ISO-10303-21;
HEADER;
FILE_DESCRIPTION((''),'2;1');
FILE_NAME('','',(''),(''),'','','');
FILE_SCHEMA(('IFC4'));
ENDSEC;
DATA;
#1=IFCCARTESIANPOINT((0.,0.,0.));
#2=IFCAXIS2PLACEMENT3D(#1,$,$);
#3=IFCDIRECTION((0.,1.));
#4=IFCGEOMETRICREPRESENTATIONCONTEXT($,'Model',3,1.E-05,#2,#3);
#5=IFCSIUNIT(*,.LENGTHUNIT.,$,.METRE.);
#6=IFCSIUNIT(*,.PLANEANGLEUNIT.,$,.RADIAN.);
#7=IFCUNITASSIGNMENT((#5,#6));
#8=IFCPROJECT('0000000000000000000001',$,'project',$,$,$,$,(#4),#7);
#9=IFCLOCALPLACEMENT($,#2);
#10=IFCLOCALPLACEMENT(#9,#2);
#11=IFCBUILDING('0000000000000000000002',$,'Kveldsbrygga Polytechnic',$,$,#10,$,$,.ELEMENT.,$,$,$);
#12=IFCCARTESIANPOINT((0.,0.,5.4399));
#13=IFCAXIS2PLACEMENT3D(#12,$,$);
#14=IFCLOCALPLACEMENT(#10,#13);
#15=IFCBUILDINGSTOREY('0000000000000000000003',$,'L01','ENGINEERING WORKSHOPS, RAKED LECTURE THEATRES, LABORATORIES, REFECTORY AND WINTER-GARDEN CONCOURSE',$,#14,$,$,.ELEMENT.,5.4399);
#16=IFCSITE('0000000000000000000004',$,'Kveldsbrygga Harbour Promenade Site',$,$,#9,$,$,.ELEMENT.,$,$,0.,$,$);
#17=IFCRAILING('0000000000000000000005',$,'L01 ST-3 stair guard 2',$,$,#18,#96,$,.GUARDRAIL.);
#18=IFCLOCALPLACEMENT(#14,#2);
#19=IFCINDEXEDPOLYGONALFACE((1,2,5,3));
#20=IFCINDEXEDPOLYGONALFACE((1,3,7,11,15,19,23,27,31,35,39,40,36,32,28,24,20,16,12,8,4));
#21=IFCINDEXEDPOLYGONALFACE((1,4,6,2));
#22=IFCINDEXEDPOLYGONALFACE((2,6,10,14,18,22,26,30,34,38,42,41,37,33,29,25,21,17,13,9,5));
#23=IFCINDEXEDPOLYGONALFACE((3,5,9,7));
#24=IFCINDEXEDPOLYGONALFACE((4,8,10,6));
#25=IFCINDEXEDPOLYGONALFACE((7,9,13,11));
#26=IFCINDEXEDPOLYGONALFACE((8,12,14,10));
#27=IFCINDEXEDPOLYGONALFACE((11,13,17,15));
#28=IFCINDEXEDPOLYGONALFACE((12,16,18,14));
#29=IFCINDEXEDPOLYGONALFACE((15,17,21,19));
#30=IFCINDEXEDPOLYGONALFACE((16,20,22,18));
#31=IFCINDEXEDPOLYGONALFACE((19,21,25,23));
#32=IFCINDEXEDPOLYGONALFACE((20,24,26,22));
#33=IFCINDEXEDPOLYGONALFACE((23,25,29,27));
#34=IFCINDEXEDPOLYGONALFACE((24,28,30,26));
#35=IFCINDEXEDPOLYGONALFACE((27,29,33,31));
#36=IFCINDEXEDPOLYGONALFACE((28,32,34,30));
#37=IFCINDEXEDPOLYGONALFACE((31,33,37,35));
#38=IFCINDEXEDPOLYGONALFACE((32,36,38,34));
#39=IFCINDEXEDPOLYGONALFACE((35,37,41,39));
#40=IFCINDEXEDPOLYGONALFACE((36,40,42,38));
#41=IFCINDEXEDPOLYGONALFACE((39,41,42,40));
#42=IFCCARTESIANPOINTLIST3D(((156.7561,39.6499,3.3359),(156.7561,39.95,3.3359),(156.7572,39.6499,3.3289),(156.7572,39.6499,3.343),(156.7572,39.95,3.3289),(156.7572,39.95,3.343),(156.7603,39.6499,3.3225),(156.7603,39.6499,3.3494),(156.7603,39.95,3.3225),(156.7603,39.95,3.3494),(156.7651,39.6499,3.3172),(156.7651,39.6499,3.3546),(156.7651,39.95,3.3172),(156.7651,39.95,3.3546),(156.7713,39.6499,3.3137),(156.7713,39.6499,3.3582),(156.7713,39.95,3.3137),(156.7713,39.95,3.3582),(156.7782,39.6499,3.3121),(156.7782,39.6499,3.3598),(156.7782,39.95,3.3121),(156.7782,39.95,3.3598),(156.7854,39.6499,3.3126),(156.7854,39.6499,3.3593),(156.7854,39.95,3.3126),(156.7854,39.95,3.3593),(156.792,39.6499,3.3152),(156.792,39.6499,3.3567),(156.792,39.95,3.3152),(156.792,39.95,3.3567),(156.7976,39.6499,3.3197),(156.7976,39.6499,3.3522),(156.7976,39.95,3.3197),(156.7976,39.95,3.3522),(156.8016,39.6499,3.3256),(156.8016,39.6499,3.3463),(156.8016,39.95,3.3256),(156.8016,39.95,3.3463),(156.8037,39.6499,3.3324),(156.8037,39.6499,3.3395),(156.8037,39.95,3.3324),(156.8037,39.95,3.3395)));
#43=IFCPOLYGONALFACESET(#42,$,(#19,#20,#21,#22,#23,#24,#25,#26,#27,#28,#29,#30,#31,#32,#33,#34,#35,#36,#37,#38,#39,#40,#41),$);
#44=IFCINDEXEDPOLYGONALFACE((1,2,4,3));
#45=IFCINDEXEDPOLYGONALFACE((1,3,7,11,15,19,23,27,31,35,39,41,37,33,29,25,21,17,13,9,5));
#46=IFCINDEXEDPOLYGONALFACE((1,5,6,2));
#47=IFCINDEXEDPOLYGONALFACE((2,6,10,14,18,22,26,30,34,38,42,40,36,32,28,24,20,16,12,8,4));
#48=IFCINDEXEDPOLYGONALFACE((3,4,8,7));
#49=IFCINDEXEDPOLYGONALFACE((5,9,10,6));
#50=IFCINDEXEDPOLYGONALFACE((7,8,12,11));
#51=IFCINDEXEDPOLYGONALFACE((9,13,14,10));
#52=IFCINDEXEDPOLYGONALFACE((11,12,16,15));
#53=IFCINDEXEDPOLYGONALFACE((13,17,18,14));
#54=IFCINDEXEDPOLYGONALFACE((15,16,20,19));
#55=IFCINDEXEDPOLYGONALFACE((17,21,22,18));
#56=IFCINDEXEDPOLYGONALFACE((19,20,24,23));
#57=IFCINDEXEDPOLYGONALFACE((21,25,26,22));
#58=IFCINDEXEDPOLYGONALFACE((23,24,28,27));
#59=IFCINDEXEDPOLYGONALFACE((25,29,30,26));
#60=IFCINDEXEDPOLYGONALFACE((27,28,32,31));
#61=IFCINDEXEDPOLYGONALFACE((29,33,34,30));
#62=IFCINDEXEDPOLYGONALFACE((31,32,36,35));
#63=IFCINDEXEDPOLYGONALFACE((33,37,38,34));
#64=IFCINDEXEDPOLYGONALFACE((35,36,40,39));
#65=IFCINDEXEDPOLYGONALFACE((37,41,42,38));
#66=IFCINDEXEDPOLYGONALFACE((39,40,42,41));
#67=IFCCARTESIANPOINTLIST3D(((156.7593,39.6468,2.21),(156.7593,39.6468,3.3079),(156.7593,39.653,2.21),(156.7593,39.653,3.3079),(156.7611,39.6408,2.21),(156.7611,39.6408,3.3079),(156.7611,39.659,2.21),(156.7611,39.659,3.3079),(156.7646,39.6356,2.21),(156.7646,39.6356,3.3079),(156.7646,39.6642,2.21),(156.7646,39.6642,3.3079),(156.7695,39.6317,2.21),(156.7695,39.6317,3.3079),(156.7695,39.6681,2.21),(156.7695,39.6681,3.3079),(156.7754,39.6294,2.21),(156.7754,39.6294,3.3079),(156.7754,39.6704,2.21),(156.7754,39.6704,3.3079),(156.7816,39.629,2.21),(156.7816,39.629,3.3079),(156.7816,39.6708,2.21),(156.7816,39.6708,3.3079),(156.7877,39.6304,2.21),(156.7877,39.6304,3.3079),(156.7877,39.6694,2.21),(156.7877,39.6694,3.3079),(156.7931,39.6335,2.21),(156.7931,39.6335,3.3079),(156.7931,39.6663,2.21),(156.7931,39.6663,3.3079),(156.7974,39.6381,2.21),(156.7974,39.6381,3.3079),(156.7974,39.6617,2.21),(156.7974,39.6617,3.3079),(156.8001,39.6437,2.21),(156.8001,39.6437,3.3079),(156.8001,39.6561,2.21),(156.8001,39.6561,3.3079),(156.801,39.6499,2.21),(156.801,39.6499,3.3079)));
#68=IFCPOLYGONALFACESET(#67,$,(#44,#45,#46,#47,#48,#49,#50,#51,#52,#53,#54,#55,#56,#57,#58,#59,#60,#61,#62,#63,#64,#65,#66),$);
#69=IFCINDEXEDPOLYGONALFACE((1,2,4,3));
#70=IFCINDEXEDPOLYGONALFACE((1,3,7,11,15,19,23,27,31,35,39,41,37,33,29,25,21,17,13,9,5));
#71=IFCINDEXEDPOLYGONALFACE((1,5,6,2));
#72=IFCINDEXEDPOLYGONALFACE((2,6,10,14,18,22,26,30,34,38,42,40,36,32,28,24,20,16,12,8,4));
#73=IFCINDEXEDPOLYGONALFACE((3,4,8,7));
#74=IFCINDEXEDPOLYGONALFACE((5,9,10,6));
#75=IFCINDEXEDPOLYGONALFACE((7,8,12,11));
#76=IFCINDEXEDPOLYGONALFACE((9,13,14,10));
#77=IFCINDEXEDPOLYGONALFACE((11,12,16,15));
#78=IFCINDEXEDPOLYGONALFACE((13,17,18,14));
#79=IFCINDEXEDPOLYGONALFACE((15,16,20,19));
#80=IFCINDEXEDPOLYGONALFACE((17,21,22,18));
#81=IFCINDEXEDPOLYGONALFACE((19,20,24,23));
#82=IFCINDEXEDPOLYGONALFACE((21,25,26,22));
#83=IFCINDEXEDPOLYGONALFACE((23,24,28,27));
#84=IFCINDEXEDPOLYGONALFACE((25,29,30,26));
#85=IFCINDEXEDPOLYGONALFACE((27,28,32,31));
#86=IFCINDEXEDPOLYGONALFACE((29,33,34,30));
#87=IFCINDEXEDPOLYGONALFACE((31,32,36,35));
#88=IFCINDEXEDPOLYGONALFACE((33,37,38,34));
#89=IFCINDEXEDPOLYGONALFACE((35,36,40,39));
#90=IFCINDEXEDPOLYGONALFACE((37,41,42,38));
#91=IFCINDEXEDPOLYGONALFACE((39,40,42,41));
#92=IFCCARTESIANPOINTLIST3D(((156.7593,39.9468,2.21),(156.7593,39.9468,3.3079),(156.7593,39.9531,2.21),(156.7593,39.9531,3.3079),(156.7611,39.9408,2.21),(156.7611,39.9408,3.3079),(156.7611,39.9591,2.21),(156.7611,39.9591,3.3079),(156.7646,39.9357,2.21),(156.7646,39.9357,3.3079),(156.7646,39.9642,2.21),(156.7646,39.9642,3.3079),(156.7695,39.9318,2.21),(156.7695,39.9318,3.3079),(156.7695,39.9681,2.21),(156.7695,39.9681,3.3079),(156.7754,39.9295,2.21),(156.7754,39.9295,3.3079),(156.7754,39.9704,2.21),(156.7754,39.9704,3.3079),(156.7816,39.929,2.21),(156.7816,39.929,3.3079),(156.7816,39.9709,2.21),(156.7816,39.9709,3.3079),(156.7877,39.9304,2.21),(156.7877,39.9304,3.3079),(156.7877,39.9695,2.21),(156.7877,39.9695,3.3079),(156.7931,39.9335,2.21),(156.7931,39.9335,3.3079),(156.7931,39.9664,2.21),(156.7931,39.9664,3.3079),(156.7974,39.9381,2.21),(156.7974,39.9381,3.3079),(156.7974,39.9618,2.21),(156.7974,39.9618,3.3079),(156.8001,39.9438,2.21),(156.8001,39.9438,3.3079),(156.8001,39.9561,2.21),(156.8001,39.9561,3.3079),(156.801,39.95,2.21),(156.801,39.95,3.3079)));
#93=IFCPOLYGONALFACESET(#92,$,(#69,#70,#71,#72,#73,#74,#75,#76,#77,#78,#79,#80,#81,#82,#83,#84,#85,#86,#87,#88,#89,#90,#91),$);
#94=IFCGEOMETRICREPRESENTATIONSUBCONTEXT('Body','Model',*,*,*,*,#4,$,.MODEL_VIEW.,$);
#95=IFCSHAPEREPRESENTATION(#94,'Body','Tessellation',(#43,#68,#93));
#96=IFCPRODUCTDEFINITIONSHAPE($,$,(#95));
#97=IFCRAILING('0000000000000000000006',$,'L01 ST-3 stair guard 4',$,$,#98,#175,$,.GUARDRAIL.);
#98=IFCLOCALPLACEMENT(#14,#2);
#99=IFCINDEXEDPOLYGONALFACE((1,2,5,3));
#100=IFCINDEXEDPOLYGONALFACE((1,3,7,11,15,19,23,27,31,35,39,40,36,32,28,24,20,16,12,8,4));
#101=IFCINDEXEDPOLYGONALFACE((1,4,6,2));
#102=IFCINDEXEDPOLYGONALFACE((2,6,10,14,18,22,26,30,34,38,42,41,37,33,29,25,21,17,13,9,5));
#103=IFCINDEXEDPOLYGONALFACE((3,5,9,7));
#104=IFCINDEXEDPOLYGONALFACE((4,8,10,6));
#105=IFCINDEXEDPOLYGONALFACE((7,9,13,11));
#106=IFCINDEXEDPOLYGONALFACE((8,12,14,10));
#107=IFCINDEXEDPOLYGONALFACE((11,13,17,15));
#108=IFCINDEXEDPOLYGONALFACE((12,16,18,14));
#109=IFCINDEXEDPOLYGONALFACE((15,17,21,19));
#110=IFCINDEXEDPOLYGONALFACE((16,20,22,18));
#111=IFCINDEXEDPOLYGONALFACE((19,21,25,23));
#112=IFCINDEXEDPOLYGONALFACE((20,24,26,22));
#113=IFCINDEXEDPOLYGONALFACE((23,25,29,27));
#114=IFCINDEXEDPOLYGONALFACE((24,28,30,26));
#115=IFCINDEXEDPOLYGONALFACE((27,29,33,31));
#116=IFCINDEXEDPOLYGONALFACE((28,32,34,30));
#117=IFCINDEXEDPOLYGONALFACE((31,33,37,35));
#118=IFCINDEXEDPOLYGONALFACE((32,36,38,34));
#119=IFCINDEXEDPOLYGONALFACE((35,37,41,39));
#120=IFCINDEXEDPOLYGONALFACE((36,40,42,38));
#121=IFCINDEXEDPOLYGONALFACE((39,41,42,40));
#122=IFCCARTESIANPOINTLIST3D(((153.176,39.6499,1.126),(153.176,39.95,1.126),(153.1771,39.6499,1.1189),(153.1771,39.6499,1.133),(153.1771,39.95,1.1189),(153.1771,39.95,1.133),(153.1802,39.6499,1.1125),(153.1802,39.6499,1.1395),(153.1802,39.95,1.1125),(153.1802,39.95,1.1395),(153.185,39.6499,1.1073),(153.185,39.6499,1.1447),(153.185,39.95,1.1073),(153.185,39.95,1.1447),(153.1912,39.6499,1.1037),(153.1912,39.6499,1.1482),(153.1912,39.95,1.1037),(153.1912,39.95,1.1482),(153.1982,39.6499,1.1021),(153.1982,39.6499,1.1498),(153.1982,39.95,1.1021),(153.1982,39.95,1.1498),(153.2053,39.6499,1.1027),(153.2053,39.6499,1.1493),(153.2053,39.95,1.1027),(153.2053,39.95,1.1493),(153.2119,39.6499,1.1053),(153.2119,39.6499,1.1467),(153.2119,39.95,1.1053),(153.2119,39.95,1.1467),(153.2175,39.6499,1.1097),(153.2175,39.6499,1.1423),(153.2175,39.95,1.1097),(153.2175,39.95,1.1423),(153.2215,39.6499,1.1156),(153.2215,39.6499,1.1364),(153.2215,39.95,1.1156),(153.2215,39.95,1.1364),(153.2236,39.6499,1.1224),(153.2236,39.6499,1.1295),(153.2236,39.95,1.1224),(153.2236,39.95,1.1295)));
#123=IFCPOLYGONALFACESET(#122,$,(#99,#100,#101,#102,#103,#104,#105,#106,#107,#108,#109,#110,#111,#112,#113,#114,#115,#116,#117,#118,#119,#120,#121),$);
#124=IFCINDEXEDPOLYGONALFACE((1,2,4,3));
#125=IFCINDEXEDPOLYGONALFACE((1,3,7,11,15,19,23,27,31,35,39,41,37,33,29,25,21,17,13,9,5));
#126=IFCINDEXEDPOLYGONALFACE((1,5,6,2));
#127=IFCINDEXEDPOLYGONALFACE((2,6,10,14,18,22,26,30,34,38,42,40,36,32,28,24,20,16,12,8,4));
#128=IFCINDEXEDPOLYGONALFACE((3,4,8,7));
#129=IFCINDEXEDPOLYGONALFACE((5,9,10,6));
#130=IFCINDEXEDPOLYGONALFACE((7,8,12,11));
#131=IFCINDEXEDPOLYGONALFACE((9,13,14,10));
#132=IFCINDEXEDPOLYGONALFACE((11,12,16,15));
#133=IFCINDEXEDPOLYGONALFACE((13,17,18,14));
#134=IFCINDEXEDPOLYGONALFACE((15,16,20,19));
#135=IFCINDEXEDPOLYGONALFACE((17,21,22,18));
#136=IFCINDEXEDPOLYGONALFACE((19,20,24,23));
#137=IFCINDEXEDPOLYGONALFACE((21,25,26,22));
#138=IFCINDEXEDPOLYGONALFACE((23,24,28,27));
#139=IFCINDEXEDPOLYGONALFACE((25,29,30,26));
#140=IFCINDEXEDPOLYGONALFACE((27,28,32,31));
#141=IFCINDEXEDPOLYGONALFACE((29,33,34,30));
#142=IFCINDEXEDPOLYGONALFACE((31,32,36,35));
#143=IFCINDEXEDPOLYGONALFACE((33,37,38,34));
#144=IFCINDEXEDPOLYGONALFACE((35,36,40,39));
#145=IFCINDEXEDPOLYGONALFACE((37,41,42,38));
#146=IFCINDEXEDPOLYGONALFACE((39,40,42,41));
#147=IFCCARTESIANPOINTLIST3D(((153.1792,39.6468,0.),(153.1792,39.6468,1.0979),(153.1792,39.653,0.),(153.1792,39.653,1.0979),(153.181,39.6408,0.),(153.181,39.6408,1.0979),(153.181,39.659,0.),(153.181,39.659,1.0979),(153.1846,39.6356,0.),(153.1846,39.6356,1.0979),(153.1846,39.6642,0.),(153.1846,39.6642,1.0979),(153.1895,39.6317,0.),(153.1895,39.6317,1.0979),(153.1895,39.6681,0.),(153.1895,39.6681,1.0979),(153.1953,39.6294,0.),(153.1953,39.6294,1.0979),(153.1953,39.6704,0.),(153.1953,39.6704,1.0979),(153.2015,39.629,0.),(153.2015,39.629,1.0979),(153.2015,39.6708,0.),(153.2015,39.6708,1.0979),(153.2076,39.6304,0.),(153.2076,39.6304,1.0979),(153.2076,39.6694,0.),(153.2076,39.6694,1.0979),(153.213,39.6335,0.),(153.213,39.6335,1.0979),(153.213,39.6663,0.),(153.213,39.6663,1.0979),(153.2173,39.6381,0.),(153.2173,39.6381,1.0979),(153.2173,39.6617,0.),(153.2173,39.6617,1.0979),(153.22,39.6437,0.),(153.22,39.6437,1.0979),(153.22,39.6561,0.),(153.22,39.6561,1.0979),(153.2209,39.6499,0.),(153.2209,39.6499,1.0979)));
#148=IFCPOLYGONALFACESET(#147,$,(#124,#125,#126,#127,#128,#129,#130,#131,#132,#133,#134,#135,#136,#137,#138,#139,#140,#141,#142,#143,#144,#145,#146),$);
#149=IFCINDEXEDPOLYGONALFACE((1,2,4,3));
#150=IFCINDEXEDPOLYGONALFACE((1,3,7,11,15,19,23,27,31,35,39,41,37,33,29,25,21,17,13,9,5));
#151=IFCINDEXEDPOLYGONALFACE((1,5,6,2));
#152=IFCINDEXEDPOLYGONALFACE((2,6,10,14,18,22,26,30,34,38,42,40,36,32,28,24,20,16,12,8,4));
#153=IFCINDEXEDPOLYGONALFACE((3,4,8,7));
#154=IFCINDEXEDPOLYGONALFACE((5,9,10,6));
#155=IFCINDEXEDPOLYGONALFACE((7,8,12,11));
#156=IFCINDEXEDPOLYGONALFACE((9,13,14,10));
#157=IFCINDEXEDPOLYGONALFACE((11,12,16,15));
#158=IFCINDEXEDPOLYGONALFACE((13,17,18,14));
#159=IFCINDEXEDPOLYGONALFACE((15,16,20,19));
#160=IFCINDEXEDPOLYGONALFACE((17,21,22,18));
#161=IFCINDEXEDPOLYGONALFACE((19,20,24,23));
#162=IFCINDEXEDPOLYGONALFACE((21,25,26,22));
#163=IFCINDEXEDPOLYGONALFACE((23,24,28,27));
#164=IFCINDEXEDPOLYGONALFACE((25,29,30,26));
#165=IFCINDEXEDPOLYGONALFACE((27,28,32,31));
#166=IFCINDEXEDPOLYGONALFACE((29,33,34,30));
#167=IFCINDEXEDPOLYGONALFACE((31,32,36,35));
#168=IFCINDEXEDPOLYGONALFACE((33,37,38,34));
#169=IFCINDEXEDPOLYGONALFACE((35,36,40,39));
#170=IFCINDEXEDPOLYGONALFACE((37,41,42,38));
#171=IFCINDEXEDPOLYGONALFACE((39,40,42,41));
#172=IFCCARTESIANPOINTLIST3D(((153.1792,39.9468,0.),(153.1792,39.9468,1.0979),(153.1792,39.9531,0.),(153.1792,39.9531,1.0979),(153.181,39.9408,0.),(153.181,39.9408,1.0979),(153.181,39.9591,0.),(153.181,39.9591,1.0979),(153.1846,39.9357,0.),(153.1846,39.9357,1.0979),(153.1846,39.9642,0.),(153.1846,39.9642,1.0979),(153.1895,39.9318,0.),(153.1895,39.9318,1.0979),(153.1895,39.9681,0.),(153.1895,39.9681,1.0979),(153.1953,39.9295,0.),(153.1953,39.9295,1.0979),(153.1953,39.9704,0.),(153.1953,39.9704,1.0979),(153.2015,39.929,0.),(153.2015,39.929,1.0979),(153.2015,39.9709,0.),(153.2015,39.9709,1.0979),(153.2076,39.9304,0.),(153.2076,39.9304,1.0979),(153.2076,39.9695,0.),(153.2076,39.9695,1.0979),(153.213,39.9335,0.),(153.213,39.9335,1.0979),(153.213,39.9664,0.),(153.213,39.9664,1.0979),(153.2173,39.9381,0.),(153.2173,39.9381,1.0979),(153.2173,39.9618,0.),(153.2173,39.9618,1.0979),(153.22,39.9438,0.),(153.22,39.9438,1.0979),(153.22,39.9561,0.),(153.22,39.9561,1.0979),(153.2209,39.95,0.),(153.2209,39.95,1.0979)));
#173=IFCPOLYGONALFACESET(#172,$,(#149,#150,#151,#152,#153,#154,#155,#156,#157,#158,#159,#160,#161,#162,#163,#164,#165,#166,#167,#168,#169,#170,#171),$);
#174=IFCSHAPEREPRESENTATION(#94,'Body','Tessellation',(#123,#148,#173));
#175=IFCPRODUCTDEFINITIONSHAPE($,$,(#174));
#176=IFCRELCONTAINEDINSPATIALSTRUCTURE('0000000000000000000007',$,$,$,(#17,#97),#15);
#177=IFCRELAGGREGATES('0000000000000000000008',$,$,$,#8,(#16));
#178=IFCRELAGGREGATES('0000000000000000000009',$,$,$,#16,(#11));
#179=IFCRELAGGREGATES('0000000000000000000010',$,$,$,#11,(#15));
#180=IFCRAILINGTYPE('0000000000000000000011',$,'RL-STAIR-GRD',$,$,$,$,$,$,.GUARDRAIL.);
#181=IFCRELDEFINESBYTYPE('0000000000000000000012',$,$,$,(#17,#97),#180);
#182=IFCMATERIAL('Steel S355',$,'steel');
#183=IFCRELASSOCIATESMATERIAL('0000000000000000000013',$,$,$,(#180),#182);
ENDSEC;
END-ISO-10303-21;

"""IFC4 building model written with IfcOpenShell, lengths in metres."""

from ifc_helpers import new_model, si_unit, direction, frame, origin, origin_2d, place, context, subcontext, project, spatial, circle, extrude, material, type_object, element, save


model = new_model("IFC4")

# Units and contexts
model_context = context("Model", 3, precision=1e-05, world=origin(), true_north=direction((0.0, 1.0)))
body_context = subcontext(model_context, "Body", "Model", "MODEL_VIEW")
ifc_project = project(units=[si_unit("LENGTHUNIT", "METRE"), si_unit("PLANEANGLEUNIT", "RADIAN")], contexts=[model_context])

# Site, building, storey
site_placement = place(None, origin())
site = spatial("IfcSite", under=ifc_project, at=site_placement, Name="Kveldsbrygga Harbour Promenade Site", CompositionType="ELEMENT", RefElevation=0.0)
building_placement = place(site_placement, origin())
building = spatial("IfcBuilding", under=site, at=building_placement, Name="Kveldsbrygga Polytechnic", CompositionType="ELEMENT")
storey_placement = place(building_placement, frame((0.0, 0.0, 5.4399)))
storey = spatial("IfcBuildingStorey", under=building, at=storey_placement, Name="L01", Description="ENGINEERING WORKSHOPS, RAKED LECTURE THEATRES, LABORATORIES, REFECTORY AND WINTER-GARDEN CONCOURSE", CompositionType="ELEMENT", Elevation=5.4399)

# Railings
ifc_material_1 = material(Name="Steel S355", Category="steel")
railing_type_1 = type_object("IfcRailingType", Name="RL-STAIR-GRD", PredefinedType="GUARDRAIL", material=ifc_material_1)
for number, where, name in (
    (1, (156.78, 39.6499, 2.21), "L01 ST-3 stair guard 2"),
    (2, (153.2, 39.6499, 0.0), "L01 ST-3 stair guard 4"),
):
    element("IfcRailing", number, at=place(storey_placement, frame(where)), inside=storey, type_object=railing_type_1, Name=name, PredefinedType="GUARDRAIL", context=body_context, shape_type="SweptSolid", body=[
        extrude(circle(Radius=0.0239, at=origin_2d()), frame((0.0, 0.0, 1.126), z_axis=(0.0, 1.0, 0.0), x_axis=(-1.0, 0.0, 0.0)), (0.0, 0.0, 1.0), 0.3),
        extrude(circle(Radius=0.021, at=origin_2d()), origin(), (0.0, 0.0, 1.0), 1.0979),
        extrude(circle(Radius=0.021, at=origin_2d()), frame((0.0, 0.3, 0.0)), (0.0, 0.0, 1.0), 1.0979),
    ])

save(model, "model.ifc")
